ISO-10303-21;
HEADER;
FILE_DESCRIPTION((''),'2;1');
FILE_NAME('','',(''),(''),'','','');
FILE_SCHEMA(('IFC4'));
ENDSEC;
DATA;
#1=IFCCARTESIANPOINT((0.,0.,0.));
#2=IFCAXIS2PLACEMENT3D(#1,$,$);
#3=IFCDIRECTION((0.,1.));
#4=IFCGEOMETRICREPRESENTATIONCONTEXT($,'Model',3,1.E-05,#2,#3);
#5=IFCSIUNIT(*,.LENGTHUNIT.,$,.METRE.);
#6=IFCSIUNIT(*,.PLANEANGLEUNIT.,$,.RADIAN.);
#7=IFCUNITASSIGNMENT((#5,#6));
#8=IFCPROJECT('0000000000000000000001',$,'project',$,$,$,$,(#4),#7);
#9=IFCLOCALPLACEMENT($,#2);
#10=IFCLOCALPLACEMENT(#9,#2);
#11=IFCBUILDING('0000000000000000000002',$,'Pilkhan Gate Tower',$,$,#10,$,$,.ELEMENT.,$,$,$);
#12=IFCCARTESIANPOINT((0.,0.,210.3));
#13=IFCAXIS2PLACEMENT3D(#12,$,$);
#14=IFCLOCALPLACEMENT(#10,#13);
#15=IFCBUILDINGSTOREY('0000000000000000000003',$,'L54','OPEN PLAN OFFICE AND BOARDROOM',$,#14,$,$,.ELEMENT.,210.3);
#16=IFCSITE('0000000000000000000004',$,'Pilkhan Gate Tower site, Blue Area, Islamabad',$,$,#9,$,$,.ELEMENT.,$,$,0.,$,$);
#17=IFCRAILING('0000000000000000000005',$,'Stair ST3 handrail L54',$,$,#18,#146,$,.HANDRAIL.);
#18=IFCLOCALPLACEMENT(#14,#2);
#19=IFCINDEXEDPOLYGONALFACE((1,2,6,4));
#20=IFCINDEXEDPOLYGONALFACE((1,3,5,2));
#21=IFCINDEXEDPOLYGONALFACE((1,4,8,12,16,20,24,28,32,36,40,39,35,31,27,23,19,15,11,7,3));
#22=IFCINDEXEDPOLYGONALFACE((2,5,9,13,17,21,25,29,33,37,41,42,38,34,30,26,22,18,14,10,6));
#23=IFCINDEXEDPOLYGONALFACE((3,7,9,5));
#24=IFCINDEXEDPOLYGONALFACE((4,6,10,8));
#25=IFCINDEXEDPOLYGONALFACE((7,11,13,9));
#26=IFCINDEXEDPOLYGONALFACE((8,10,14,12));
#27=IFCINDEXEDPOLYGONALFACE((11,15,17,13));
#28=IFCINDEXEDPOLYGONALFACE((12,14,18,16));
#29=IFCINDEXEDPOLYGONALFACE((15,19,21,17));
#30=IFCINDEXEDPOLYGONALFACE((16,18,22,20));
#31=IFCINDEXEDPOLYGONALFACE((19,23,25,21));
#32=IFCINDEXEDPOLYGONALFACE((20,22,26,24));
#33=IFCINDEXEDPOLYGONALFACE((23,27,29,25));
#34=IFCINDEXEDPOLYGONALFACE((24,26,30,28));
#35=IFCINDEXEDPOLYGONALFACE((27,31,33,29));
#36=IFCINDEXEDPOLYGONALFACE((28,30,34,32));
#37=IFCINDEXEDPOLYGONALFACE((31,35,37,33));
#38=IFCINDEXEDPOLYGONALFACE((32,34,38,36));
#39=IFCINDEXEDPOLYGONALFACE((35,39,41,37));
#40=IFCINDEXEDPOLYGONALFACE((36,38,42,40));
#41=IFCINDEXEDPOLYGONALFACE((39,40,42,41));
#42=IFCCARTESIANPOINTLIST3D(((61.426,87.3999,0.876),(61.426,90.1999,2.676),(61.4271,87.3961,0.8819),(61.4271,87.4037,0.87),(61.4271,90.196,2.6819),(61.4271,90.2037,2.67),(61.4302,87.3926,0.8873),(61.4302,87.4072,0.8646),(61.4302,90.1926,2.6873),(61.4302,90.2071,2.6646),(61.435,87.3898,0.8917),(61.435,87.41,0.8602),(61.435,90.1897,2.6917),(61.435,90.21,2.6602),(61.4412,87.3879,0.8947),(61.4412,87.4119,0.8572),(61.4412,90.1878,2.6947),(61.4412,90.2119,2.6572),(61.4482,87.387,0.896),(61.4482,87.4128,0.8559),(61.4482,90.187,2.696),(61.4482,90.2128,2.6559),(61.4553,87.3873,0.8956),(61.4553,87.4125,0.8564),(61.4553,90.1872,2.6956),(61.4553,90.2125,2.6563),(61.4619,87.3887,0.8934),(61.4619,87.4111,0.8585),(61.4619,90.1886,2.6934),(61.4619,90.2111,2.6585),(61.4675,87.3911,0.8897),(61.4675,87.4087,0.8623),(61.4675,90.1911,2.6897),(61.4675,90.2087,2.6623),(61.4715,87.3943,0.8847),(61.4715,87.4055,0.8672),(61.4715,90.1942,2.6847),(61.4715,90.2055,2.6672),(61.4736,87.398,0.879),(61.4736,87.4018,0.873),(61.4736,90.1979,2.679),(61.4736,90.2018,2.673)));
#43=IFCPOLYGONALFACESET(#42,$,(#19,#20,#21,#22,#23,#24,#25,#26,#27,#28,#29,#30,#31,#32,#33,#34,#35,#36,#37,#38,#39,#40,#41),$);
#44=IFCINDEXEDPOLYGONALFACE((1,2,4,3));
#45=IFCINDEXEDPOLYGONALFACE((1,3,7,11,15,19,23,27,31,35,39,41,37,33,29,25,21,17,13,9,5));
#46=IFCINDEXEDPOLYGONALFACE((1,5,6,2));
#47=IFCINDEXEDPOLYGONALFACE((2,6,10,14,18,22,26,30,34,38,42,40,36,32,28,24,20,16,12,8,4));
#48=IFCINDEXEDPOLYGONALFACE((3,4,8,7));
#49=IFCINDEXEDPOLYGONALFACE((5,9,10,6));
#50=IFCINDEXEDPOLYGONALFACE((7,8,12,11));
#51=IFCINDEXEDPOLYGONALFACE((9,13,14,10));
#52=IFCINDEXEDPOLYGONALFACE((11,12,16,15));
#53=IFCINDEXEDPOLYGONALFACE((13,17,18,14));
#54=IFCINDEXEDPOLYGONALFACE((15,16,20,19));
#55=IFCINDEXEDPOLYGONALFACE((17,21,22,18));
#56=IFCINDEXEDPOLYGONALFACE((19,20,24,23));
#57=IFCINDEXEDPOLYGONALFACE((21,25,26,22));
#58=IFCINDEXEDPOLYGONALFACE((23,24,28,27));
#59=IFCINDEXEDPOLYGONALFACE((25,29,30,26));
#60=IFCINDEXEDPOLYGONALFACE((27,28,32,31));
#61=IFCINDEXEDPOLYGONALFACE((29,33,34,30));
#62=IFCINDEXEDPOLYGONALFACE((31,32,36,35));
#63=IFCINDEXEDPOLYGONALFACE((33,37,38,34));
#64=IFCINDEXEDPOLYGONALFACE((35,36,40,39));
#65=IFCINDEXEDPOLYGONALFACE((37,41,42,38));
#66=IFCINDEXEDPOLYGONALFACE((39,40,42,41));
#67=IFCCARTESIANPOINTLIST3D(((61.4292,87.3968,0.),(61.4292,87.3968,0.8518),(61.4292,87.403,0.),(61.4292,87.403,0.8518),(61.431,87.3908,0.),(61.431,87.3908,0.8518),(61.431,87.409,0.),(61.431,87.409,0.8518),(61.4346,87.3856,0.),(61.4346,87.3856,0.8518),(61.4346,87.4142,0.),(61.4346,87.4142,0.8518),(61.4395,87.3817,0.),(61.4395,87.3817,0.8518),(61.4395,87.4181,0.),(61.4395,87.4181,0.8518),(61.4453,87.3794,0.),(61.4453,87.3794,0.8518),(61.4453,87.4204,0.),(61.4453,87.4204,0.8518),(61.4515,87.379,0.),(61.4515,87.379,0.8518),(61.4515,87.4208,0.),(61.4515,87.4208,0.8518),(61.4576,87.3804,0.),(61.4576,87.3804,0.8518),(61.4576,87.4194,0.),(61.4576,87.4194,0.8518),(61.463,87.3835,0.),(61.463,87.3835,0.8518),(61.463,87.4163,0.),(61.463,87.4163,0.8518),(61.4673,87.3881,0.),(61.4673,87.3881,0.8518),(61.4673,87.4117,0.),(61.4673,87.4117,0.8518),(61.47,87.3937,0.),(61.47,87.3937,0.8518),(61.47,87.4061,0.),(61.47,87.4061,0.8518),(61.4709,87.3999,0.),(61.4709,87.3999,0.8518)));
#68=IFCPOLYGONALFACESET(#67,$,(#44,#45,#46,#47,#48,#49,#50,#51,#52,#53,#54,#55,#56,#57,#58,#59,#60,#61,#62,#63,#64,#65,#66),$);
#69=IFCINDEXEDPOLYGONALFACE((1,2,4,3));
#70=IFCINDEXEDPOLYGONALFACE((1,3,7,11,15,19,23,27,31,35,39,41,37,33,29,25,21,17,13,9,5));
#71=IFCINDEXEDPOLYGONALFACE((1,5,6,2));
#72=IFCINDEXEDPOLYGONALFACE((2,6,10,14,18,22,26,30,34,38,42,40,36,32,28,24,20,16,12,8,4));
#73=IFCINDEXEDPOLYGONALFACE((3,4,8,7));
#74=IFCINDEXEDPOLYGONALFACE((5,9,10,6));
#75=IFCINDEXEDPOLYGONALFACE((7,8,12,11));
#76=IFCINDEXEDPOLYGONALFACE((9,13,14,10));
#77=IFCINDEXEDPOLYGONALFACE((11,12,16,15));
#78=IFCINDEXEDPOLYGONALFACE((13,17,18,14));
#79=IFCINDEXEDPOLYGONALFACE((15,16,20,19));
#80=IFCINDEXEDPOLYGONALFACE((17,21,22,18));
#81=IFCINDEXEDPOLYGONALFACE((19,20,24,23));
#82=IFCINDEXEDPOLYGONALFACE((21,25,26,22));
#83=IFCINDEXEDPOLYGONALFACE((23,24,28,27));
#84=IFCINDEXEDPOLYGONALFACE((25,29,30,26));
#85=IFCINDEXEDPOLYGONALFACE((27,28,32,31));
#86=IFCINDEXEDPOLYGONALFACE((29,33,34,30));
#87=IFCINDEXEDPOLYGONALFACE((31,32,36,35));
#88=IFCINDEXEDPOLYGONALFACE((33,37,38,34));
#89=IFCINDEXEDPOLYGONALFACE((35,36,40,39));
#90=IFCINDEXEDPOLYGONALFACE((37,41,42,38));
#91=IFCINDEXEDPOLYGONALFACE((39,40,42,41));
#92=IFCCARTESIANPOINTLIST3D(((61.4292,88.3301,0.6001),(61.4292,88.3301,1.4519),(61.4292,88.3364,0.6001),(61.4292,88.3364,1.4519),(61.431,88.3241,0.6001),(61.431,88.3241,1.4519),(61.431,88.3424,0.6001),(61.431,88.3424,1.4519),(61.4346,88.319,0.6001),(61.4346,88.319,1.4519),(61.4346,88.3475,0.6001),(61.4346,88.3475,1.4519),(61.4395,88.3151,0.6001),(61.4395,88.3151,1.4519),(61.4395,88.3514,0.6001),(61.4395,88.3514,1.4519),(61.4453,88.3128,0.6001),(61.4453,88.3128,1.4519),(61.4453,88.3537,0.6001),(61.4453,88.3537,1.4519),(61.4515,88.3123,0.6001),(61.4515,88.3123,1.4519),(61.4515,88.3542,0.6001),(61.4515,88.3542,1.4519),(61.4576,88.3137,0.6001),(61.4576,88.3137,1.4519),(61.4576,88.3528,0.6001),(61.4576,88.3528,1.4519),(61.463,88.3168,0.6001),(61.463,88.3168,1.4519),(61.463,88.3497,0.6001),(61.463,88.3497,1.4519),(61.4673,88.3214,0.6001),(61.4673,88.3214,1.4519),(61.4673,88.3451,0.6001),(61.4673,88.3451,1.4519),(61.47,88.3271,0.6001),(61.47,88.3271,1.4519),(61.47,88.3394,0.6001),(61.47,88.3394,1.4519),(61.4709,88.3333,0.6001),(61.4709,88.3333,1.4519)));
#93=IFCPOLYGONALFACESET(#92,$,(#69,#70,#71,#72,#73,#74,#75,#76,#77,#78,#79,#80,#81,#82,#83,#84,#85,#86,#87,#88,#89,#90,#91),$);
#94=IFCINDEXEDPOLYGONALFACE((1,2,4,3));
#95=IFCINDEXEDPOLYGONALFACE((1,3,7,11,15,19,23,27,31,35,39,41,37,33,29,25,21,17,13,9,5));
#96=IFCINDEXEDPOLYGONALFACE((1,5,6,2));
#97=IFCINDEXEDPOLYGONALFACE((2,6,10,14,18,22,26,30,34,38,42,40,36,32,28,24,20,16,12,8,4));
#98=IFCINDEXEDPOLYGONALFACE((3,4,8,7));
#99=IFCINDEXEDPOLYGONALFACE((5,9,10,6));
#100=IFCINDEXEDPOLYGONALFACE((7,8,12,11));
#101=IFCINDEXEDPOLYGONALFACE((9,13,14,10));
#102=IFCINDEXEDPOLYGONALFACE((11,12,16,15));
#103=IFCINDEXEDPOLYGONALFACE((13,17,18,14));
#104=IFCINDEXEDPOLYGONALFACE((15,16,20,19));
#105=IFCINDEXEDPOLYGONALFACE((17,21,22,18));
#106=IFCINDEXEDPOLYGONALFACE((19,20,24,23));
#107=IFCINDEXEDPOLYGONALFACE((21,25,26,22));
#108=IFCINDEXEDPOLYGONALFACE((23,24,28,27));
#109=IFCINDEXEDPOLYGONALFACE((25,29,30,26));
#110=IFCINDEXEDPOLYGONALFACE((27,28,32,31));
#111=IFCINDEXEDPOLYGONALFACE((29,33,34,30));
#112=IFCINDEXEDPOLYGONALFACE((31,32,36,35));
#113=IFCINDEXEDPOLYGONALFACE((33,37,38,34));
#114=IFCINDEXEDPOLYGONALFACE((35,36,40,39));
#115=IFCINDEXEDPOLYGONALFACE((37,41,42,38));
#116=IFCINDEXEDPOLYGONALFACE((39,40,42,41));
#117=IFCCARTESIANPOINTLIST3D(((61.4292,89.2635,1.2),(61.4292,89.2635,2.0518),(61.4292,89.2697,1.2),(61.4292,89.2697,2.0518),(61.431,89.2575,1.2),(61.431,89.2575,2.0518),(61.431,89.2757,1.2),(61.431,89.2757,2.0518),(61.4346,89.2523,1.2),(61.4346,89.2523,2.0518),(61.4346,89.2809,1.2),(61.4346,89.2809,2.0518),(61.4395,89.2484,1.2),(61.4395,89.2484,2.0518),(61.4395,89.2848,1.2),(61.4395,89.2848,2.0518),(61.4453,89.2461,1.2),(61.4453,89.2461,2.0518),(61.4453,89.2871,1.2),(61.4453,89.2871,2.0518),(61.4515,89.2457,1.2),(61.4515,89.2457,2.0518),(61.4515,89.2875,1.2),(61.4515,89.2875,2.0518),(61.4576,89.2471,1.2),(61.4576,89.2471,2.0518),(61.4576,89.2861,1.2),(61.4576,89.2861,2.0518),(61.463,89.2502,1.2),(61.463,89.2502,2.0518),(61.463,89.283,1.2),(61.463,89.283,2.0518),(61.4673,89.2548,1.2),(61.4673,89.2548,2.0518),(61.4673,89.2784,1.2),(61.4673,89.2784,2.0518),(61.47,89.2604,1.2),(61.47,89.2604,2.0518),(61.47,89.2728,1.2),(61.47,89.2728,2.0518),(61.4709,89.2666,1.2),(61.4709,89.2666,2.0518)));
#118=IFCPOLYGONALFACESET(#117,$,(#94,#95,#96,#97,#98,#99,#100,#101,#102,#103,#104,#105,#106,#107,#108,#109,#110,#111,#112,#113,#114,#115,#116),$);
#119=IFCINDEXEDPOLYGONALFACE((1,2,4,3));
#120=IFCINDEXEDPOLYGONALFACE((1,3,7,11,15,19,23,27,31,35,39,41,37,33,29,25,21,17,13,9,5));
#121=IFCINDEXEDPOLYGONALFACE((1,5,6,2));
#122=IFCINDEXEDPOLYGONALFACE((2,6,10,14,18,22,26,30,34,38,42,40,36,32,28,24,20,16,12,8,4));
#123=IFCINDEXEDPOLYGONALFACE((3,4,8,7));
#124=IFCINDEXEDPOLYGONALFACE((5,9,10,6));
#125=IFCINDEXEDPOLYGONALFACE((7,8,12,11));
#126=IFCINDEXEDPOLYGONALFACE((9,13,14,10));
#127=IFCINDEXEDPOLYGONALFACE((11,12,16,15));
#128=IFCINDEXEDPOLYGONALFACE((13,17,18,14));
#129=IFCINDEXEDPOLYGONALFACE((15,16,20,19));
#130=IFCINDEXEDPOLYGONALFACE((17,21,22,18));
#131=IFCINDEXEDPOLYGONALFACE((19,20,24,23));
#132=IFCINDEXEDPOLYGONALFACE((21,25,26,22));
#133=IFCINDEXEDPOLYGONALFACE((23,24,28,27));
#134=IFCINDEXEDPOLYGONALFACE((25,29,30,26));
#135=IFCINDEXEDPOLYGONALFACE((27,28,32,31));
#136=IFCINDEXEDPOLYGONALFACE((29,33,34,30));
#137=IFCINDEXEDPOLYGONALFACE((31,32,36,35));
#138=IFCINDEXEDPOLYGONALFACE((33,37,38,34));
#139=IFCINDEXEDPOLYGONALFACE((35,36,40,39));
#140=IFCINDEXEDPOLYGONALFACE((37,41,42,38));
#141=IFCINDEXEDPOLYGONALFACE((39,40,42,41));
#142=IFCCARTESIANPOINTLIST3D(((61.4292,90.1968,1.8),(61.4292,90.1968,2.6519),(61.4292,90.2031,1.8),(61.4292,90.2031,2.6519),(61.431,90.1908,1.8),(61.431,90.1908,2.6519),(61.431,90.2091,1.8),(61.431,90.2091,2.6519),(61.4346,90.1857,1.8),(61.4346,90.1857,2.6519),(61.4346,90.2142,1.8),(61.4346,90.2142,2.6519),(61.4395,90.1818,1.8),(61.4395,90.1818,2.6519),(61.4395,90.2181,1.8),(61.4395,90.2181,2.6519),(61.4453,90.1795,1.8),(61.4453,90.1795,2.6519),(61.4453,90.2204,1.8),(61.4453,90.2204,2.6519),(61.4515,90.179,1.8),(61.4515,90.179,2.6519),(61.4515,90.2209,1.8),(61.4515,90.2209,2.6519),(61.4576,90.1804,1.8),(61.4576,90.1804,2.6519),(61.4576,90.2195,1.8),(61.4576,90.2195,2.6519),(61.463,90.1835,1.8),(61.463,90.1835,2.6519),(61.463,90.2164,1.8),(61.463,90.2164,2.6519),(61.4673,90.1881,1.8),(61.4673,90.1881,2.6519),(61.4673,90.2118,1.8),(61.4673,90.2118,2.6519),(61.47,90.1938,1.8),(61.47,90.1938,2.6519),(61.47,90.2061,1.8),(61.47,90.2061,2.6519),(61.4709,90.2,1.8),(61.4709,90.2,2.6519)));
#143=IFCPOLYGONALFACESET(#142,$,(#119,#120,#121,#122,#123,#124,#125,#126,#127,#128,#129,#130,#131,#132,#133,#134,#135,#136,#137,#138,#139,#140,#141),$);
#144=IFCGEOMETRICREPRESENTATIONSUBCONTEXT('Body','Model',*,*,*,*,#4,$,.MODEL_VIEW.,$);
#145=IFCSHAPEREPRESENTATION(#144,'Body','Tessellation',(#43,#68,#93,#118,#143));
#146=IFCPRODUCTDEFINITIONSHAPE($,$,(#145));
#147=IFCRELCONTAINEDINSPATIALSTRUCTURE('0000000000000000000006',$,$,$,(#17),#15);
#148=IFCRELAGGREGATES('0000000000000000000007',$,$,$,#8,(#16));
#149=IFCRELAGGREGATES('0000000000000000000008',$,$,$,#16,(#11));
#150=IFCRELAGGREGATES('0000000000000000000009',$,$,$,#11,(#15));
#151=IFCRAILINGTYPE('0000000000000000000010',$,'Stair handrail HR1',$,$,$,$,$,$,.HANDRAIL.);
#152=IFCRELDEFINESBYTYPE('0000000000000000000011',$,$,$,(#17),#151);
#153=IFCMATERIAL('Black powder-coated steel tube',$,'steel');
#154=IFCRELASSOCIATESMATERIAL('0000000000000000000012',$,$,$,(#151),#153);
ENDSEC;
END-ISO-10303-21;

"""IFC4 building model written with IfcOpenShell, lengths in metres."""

from ifc_helpers import new_model, si_unit, direction, frame, origin, origin_2d, place, context, subcontext, project, spatial, circle, extrude, material, type_object, element, save


model = new_model("IFC4")

# Units and contexts
model_context = context("Model", 3, precision=1e-05, world=origin(), true_north=direction((0.0, 1.0)))
body_context = subcontext(model_context, "Body", "Model", "MODEL_VIEW")
ifc_project = project(units=[si_unit("LENGTHUNIT", "METRE"), si_unit("PLANEANGLEUNIT", "RADIAN")], contexts=[model_context])

# Site, building, storey
site_placement = place(None, origin())
site = spatial("IfcSite", under=ifc_project, at=site_placement, Name="Pilkhan Gate Tower site, Blue Area, Islamabad", CompositionType="ELEMENT", RefElevation=0.0)
building_placement = place(site_placement, origin())
building = spatial("IfcBuilding", under=site, at=building_placement, Name="Pilkhan Gate Tower", CompositionType="ELEMENT")
storey_placement = place(building_placement, frame((0.0, 0.0, 210.3)))
storey = spatial("IfcBuildingStorey", under=building, at=storey_placement, Name="L54", Description="OPEN PLAN OFFICE AND BOARDROOM", CompositionType="ELEMENT", Elevation=210.3)

# Railing
ifc_material_1 = material(Name="Black powder-coated steel tube", Category="steel")
railing_type_1 = type_object("IfcRailingType", Name="Stair handrail HR1", PredefinedType="HANDRAIL", material=ifc_material_1)
for number, where, name in (
    (1, (61.45, 87.3999, 0.0), "Stair ST3 handrail L54"),
):
    element("IfcRailing", number, at=place(storey_placement, frame(where)), inside=storey, type_object=railing_type_1, Name=name, PredefinedType="HANDRAIL", context=body_context, shape_type="SweptSolid", body=[
        extrude(circle(Radius=0.0239, at=origin_2d()), frame((0.0, 0.0, 0.876), z_axis=(0.0, 0.841176, 0.540761), x_axis=(-1.0, 0.0, 0.0)), (0.0, 0.0, 1.0), 3.3286),
        extrude(circle(Radius=0.021, at=origin_2d()), origin(), (0.0, 0.0, 1.0), 0.8518),
        extrude(circle(Radius=0.021, at=origin_2d()), frame((0.0, 0.9333, 0.6001)), (0.0, 0.0, 1.0), 0.8518),
        extrude(circle(Radius=0.021, at=origin_2d()), frame((0.0, 1.8667, 1.2)), (0.0, 0.0, 1.0), 0.8518),
        extrude(circle(Radius=0.021, at=origin_2d()), frame((0.0, 2.8, 1.8)), (0.0, 0.0, 1.0), 0.8518),
    ])

save(model, "model.ifc")
